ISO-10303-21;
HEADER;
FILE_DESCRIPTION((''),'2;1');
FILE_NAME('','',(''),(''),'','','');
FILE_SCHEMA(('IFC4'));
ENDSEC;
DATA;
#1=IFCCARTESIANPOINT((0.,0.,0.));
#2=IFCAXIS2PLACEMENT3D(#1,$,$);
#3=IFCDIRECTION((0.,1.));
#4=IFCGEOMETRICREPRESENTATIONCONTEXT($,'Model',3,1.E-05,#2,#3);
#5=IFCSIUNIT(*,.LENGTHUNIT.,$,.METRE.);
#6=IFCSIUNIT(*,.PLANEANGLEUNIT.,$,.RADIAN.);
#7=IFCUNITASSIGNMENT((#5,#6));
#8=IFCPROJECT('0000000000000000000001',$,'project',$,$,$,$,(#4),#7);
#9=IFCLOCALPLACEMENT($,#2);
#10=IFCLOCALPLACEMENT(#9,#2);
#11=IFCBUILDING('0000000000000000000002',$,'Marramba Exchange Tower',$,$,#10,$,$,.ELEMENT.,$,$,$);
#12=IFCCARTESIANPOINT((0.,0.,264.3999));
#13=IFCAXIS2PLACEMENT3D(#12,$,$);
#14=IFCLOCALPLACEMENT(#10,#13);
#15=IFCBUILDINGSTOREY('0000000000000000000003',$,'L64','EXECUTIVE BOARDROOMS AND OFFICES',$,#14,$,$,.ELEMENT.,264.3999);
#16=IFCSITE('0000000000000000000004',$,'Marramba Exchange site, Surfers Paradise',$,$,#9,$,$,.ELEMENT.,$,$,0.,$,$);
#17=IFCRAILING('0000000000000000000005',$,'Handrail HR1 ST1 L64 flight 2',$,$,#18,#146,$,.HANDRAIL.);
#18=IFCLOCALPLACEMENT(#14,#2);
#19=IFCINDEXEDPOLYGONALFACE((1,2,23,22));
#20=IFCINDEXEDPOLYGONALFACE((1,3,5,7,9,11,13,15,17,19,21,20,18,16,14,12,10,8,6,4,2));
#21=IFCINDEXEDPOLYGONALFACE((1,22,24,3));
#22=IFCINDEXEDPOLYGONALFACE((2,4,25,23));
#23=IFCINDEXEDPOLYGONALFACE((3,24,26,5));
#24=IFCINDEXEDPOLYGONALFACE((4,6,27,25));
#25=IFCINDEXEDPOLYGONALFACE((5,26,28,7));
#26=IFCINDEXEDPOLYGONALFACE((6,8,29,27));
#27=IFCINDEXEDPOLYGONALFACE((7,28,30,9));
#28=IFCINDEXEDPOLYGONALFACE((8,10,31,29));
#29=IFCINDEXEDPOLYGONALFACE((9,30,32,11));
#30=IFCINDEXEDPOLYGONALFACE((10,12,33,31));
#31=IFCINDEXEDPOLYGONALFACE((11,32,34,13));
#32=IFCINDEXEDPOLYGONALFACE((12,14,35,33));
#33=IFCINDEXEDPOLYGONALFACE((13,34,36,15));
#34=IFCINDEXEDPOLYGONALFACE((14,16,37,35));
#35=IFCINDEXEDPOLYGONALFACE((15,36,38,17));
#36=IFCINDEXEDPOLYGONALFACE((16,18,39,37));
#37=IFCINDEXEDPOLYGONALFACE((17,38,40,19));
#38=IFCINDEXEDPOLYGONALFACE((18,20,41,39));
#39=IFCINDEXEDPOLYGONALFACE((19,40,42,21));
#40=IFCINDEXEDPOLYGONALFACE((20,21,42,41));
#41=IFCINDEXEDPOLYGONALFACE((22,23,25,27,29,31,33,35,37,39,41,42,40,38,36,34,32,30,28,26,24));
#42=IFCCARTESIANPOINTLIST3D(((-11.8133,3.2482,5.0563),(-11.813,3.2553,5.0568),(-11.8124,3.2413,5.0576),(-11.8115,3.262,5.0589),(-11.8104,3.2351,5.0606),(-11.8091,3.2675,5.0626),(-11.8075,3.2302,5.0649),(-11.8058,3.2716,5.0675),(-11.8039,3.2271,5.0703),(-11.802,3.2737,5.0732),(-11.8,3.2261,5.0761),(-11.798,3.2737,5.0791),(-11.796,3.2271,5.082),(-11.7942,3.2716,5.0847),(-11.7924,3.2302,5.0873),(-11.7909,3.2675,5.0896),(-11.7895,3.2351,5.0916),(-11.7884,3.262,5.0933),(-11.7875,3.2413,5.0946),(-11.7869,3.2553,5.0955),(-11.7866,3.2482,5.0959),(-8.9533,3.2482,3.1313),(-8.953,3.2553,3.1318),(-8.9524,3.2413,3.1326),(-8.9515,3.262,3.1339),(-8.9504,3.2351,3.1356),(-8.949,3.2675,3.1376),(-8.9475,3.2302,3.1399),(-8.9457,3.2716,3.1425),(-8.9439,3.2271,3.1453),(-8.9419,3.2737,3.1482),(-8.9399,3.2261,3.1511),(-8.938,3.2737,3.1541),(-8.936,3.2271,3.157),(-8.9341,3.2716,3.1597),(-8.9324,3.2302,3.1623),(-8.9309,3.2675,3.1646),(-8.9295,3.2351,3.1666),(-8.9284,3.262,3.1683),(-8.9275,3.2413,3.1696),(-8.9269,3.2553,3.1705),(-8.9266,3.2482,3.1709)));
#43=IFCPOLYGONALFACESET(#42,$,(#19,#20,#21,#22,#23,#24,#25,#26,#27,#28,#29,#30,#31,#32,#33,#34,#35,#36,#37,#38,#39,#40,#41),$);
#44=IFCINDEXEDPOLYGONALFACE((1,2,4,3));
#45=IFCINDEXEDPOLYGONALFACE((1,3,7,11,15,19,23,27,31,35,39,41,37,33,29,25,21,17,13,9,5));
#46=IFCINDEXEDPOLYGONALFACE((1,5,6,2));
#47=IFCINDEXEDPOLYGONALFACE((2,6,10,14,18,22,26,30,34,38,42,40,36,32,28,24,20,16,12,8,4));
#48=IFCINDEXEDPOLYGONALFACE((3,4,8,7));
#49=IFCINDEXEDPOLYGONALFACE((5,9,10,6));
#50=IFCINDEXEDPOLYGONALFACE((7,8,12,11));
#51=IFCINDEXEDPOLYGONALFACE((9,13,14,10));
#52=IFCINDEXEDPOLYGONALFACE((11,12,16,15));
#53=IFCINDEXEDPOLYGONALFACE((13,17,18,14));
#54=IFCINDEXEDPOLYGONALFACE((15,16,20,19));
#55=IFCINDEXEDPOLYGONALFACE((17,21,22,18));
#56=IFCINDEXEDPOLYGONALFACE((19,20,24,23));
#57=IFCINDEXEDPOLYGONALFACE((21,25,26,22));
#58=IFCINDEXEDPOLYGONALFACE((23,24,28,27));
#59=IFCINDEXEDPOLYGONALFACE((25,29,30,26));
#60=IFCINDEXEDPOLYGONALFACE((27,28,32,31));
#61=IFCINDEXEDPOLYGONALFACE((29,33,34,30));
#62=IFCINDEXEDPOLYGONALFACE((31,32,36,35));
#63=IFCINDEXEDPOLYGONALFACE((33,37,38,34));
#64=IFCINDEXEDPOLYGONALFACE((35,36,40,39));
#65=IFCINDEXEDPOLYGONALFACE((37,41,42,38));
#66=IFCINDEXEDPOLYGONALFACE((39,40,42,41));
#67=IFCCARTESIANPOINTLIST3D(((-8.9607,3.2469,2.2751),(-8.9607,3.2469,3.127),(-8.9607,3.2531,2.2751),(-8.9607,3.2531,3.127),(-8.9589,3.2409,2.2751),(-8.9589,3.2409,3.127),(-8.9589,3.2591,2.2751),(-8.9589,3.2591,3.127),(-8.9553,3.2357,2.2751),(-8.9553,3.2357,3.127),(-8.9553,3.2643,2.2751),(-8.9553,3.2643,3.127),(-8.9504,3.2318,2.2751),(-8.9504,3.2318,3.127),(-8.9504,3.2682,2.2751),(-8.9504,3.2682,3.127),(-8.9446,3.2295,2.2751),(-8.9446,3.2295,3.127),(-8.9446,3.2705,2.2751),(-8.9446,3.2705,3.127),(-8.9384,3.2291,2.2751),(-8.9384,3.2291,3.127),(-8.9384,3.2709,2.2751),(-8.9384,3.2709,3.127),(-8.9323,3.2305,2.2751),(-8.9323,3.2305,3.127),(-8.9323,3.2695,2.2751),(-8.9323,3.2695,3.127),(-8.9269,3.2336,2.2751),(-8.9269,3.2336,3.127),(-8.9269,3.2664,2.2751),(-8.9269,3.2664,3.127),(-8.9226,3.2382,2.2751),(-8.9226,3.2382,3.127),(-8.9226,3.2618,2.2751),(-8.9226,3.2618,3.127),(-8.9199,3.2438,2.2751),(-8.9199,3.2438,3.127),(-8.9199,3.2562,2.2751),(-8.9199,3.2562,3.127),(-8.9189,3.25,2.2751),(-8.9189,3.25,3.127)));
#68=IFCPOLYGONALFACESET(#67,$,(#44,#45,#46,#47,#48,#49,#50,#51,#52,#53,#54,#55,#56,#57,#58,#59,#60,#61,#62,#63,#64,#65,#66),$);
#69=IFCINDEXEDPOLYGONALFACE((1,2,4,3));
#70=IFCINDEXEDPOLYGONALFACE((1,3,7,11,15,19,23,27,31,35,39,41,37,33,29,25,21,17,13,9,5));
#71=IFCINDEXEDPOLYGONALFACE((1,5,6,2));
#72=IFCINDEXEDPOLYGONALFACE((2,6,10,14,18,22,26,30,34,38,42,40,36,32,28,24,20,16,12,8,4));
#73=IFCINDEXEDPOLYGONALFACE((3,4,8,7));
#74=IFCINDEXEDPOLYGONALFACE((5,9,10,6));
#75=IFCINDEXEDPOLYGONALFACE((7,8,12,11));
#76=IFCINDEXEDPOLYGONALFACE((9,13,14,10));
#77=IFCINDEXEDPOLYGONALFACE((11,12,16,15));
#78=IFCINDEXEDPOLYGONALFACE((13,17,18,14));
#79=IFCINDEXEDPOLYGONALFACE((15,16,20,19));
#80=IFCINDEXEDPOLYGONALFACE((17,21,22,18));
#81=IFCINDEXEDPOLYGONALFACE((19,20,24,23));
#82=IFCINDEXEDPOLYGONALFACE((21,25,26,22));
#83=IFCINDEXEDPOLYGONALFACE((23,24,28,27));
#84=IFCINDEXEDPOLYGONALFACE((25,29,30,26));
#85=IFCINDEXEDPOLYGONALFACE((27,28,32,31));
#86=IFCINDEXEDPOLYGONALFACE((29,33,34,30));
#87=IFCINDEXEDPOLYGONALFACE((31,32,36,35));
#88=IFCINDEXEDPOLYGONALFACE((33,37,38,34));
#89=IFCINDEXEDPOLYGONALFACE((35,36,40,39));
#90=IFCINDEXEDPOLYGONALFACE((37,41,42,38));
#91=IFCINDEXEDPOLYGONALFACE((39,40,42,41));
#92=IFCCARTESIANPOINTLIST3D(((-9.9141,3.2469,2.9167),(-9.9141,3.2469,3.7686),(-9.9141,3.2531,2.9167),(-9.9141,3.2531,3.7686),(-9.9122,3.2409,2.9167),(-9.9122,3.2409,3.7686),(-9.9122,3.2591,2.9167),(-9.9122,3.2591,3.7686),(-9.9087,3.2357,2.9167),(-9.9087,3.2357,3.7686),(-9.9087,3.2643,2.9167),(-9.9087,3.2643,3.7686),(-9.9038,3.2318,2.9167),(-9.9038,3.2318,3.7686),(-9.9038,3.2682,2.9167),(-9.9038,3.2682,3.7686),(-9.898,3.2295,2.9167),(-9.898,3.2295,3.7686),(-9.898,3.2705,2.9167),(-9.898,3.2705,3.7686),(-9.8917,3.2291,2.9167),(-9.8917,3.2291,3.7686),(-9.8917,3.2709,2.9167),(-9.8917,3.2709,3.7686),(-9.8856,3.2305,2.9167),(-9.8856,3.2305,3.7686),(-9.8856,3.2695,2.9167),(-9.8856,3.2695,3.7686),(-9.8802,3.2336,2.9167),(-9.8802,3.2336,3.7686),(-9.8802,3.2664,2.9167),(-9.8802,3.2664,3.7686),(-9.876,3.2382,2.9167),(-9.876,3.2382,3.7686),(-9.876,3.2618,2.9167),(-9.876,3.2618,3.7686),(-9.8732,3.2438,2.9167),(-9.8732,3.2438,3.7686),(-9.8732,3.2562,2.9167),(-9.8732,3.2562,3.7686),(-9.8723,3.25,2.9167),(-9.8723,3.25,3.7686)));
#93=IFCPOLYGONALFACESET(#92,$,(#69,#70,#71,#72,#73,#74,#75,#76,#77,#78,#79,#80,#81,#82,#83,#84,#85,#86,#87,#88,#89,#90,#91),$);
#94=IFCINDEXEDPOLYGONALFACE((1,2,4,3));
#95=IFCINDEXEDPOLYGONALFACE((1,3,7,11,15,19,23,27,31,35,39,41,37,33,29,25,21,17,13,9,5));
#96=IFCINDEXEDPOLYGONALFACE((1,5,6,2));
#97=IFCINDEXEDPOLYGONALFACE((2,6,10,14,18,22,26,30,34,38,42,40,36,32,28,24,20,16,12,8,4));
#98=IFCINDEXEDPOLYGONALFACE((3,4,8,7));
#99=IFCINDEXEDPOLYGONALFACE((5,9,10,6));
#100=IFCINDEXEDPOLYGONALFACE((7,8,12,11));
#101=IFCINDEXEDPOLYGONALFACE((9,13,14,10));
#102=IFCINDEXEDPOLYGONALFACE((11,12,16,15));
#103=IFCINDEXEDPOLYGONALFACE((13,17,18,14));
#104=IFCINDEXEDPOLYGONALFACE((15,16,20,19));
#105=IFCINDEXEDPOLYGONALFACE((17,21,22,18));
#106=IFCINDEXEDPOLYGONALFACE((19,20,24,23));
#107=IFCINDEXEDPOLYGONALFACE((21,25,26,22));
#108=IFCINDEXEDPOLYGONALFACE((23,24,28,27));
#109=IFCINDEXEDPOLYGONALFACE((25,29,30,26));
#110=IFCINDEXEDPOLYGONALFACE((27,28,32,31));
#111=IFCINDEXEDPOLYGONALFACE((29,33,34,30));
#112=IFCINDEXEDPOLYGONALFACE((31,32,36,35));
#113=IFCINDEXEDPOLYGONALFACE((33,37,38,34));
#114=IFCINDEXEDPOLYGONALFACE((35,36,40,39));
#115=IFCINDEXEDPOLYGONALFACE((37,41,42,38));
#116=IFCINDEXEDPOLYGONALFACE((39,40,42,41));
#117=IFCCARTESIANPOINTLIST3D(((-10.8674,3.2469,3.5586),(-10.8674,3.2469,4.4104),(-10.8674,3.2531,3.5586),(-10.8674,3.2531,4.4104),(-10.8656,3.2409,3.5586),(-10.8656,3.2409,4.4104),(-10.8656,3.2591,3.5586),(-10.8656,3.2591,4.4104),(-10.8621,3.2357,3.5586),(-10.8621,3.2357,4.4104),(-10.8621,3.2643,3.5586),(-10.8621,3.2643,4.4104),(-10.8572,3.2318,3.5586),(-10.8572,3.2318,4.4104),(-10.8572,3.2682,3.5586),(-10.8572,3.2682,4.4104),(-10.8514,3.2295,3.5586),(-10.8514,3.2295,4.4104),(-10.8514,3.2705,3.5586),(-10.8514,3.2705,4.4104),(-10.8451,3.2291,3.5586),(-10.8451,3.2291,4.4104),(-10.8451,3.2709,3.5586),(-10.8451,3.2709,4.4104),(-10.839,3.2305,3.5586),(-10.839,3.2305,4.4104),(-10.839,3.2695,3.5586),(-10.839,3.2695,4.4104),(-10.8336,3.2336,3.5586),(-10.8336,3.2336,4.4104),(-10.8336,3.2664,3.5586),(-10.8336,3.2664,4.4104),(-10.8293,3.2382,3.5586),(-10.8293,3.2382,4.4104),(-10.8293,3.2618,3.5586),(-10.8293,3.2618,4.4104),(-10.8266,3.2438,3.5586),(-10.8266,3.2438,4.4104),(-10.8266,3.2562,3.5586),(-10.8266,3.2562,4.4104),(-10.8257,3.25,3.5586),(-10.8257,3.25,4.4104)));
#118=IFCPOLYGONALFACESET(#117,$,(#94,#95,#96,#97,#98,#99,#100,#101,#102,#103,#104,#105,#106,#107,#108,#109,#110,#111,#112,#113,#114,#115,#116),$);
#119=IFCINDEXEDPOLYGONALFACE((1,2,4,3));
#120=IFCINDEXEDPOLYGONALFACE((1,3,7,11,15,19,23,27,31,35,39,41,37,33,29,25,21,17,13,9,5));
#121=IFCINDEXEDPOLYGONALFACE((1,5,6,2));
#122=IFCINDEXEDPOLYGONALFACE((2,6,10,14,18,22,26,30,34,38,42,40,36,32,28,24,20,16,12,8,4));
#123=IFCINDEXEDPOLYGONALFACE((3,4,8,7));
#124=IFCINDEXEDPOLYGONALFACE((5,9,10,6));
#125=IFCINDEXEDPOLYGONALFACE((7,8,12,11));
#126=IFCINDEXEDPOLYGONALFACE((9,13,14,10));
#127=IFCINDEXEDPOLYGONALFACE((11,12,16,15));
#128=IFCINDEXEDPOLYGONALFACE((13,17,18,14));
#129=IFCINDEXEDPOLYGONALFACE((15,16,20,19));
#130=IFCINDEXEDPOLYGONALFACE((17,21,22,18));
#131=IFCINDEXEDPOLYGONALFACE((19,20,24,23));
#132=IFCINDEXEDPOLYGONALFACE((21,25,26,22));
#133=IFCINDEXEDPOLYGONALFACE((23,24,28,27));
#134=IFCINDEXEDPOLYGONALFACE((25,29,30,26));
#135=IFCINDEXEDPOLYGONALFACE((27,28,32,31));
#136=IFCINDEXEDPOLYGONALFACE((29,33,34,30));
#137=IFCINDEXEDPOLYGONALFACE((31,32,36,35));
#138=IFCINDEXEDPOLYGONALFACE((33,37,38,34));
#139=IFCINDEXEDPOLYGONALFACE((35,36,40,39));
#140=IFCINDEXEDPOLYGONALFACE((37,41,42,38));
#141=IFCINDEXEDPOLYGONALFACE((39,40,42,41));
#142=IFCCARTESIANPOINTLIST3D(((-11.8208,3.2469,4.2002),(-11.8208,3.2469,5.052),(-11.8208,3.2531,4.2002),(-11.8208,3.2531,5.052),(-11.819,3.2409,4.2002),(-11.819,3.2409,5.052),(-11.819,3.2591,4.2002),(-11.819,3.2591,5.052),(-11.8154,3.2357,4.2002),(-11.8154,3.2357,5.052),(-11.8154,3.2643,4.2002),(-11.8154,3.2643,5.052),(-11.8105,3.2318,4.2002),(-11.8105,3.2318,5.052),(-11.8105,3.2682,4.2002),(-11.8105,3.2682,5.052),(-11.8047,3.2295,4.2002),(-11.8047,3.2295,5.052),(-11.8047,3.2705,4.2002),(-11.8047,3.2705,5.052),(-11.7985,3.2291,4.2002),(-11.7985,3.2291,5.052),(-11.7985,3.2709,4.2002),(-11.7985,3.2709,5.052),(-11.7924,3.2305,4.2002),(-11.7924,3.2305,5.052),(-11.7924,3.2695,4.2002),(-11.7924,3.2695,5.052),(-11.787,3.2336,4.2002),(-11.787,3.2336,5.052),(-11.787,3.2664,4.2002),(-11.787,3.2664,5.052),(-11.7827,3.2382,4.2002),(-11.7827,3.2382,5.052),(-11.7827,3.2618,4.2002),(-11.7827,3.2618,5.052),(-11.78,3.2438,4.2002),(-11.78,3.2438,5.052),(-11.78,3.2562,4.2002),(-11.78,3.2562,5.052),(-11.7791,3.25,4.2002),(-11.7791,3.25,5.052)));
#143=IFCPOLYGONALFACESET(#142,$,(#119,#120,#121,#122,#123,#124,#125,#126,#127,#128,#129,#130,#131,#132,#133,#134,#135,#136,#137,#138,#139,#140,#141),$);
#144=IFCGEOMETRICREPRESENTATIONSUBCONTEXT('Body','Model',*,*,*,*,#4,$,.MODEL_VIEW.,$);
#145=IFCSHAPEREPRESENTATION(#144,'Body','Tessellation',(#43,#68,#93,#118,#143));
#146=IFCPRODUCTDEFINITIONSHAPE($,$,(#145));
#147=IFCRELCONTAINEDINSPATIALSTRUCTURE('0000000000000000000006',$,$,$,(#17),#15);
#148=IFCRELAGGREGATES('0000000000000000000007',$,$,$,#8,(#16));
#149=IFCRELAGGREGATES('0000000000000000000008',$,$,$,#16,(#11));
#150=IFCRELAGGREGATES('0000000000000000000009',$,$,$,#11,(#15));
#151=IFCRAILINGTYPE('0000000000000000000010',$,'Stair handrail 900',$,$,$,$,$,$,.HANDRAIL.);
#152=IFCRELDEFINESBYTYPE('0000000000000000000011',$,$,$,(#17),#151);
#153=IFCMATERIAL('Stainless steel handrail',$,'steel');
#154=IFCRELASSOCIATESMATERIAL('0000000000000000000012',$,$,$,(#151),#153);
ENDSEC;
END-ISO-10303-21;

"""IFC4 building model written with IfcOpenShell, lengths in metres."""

from ifc_helpers import new_model, si_unit, direction, frame, origin, origin_2d, place, context, subcontext, project, spatial, circle, extrude, material, type_object, element, save


model = new_model("IFC4")

# Units and contexts
model_context = context("Model", 3, precision=1e-05, world=origin(), true_north=direction((0.0, 1.0)))
body_context = subcontext(model_context, "Body", "Model", "MODEL_VIEW")
ifc_project = project(units=[si_unit("LENGTHUNIT", "METRE"), si_unit("PLANEANGLEUNIT", "RADIAN")], contexts=[model_context])

# Site, building, storey
site_placement = place(None, origin())
site = spatial("IfcSite", under=ifc_project, at=site_placement, Name="Marramba Exchange site, Surfers Paradise", CompositionType="ELEMENT", RefElevation=0.0)
building_placement = place(site_placement, origin())
building = spatial("IfcBuilding", under=site, at=building_placement, Name="Marramba Exchange Tower", CompositionType="ELEMENT")
storey_placement = place(building_placement, frame((0.0, 0.0, 264.3999)))
storey = spatial("IfcBuildingStorey", under=building, at=storey_placement, Name="L64", Description="EXECUTIVE BOARDROOMS AND OFFICES", CompositionType="ELEMENT", Elevation=264.3999)

# Railing
ifc_material_1 = material(Name="Stainless steel handrail", Category="steel")
railing_type = type_object("IfcRailingType", Name="Stair handrail 900", PredefinedType="HANDRAIL", material=ifc_material_1)
railing_placement = place(storey_placement, frame((-8.9399, 3.25, 2.2751)))
element("IfcRailing", 1, at=railing_placement, inside=storey, type_object=railing_type, Name="Handrail HR1 ST1 L64 flight 2", PredefinedType="HANDRAIL", context=body_context, shape_type="SweptSolid", body=[
    extrude(circle(Radius=0.0239, at=origin_2d()), frame((0.0, 0.0, 0.876), z_axis=(-0.829591, 0.0, 0.558372), x_axis=(0.0, -1.0, 0.0)), (0.0, 0.0, 1.0), 3.4475),
    extrude(circle(Radius=0.021, at=origin_2d()), origin(), (0.0, 0.0, 1.0), 0.8518),
    extrude(circle(Radius=0.021, at=origin_2d()), frame((-0.9534, 0.0, 0.6416)), (0.0, 0.0, 1.0), 0.8518),
    extrude(circle(Radius=0.021, at=origin_2d()), frame((-1.9067, 0.0, 1.2834)), (0.0, 0.0, 1.0), 0.8518),
    extrude(circle(Radius=0.021, at=origin_2d()), frame((-2.8601, 0.0, 1.925)), (0.0, 0.0, 1.0), 0.8518),
])

save(model, "model.ifc")
